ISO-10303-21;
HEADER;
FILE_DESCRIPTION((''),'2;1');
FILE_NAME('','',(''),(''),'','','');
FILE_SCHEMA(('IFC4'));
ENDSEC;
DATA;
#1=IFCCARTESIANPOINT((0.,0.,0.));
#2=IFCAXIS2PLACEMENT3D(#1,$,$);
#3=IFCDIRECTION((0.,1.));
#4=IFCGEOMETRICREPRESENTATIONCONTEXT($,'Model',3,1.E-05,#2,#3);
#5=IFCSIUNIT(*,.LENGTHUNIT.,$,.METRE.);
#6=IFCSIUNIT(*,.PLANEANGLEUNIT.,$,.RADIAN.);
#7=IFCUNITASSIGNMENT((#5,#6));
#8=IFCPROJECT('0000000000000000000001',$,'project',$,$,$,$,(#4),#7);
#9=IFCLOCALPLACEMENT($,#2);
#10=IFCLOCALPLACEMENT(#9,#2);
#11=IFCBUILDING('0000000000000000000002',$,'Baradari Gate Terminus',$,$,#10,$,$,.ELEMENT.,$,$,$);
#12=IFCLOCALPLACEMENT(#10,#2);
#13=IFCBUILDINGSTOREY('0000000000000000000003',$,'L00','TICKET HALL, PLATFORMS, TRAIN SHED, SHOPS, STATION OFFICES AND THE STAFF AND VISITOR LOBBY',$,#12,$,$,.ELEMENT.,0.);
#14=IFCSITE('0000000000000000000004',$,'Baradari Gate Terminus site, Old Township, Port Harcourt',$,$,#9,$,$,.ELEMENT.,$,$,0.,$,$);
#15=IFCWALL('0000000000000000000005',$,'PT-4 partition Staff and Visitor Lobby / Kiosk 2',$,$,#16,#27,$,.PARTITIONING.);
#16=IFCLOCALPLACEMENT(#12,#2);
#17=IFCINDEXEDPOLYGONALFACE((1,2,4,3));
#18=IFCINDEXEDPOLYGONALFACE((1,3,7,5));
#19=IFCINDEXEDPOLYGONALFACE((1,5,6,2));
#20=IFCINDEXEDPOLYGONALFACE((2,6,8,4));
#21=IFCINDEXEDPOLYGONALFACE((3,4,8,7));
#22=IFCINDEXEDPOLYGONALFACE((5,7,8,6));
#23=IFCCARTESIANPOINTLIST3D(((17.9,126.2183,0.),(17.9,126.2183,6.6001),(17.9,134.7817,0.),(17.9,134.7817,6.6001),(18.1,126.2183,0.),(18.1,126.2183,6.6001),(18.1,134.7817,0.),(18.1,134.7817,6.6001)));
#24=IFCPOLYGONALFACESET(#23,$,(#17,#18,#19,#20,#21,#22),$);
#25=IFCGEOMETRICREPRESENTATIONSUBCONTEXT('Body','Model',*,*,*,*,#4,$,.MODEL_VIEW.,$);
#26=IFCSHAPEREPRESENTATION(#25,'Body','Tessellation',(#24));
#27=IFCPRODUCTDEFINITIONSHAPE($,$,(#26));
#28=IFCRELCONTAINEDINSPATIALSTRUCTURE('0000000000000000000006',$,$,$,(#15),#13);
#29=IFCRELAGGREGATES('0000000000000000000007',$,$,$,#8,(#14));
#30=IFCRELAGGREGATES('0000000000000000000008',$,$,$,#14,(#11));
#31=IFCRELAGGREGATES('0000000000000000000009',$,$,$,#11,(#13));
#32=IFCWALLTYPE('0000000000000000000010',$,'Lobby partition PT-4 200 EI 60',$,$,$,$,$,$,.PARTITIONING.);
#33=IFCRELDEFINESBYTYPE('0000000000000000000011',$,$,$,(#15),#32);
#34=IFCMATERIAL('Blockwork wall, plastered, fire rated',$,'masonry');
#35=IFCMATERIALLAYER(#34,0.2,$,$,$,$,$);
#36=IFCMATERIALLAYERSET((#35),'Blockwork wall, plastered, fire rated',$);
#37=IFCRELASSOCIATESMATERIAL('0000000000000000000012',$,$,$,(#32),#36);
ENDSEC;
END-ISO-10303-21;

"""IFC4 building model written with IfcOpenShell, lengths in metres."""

from ifc_helpers import new_model, si_unit, direction, frame, frame_2d, origin, place, context, subcontext, project, spatial, rectangle, extrude, material, layer, layer_set, type_object, element, save


model = new_model("IFC4")

# Units and contexts
model_context = context("Model", 3, precision=1e-05, world=origin(), true_north=direction((0.0, 1.0)))
body_context = subcontext(model_context, "Body", "Model", "MODEL_VIEW")
ifc_project = project(units=[si_unit("LENGTHUNIT", "METRE"), si_unit("PLANEANGLEUNIT", "RADIAN")], contexts=[model_context])

# Site, building, storey
site_placement = place(None, origin())
site = spatial("IfcSite", under=ifc_project, at=site_placement, Name="Baradari Gate Terminus site, Old Township, Port Harcourt", CompositionType="ELEMENT", RefElevation=0.0)
building_placement = place(site_placement, origin())
building = spatial("IfcBuilding", under=site, at=building_placement, Name="Baradari Gate Terminus", CompositionType="ELEMENT")
storey_placement = place(building_placement, origin())
storey = spatial("IfcBuildingStorey", under=building, at=storey_placement, Name="L00", Description="TICKET HALL, PLATFORMS, TRAIN SHED, SHOPS, STATION OFFICES AND THE STAFF AND VISITOR LOBBY", CompositionType="ELEMENT", Elevation=0.0)

# Wall
ifc_material_1 = material(Name="Blockwork wall, plastered, fire rated", Category="masonry")
ifc_layer_1 = layer(ifc_material_1, 0.2)
ifc_layer_set_1 = layer_set([ifc_layer_1], Name="Blockwork wall, plastered, fire rated")
wall_type_1 = type_object("IfcWallType", Name="Lobby partition PT-4 200 EI 60", PredefinedType="PARTITIONING", material=ifc_layer_set_1)
wall_1_placement = place(storey_placement, frame((18.0, 126.2183, 0.0), z_axis=(0.0, 0.0, 1.0), x_axis=(0.0, 1.0, 0.0)))
element("IfcWall", 1, at=wall_1_placement, inside=storey, type_object=wall_type_1, Name="PT-4 partition Staff and Visitor Lobby / Kiosk 2", PredefinedType="PARTITIONING", context=body_context, shape_type="SweptSolid", body=[
    extrude(rectangle(XDim=8.5635, YDim=0.2, at=frame_2d((4.2817, 0.0))), origin(), (0.0, 0.0, 1.0), 6.6001),
])

save(model, "model.ifc")
